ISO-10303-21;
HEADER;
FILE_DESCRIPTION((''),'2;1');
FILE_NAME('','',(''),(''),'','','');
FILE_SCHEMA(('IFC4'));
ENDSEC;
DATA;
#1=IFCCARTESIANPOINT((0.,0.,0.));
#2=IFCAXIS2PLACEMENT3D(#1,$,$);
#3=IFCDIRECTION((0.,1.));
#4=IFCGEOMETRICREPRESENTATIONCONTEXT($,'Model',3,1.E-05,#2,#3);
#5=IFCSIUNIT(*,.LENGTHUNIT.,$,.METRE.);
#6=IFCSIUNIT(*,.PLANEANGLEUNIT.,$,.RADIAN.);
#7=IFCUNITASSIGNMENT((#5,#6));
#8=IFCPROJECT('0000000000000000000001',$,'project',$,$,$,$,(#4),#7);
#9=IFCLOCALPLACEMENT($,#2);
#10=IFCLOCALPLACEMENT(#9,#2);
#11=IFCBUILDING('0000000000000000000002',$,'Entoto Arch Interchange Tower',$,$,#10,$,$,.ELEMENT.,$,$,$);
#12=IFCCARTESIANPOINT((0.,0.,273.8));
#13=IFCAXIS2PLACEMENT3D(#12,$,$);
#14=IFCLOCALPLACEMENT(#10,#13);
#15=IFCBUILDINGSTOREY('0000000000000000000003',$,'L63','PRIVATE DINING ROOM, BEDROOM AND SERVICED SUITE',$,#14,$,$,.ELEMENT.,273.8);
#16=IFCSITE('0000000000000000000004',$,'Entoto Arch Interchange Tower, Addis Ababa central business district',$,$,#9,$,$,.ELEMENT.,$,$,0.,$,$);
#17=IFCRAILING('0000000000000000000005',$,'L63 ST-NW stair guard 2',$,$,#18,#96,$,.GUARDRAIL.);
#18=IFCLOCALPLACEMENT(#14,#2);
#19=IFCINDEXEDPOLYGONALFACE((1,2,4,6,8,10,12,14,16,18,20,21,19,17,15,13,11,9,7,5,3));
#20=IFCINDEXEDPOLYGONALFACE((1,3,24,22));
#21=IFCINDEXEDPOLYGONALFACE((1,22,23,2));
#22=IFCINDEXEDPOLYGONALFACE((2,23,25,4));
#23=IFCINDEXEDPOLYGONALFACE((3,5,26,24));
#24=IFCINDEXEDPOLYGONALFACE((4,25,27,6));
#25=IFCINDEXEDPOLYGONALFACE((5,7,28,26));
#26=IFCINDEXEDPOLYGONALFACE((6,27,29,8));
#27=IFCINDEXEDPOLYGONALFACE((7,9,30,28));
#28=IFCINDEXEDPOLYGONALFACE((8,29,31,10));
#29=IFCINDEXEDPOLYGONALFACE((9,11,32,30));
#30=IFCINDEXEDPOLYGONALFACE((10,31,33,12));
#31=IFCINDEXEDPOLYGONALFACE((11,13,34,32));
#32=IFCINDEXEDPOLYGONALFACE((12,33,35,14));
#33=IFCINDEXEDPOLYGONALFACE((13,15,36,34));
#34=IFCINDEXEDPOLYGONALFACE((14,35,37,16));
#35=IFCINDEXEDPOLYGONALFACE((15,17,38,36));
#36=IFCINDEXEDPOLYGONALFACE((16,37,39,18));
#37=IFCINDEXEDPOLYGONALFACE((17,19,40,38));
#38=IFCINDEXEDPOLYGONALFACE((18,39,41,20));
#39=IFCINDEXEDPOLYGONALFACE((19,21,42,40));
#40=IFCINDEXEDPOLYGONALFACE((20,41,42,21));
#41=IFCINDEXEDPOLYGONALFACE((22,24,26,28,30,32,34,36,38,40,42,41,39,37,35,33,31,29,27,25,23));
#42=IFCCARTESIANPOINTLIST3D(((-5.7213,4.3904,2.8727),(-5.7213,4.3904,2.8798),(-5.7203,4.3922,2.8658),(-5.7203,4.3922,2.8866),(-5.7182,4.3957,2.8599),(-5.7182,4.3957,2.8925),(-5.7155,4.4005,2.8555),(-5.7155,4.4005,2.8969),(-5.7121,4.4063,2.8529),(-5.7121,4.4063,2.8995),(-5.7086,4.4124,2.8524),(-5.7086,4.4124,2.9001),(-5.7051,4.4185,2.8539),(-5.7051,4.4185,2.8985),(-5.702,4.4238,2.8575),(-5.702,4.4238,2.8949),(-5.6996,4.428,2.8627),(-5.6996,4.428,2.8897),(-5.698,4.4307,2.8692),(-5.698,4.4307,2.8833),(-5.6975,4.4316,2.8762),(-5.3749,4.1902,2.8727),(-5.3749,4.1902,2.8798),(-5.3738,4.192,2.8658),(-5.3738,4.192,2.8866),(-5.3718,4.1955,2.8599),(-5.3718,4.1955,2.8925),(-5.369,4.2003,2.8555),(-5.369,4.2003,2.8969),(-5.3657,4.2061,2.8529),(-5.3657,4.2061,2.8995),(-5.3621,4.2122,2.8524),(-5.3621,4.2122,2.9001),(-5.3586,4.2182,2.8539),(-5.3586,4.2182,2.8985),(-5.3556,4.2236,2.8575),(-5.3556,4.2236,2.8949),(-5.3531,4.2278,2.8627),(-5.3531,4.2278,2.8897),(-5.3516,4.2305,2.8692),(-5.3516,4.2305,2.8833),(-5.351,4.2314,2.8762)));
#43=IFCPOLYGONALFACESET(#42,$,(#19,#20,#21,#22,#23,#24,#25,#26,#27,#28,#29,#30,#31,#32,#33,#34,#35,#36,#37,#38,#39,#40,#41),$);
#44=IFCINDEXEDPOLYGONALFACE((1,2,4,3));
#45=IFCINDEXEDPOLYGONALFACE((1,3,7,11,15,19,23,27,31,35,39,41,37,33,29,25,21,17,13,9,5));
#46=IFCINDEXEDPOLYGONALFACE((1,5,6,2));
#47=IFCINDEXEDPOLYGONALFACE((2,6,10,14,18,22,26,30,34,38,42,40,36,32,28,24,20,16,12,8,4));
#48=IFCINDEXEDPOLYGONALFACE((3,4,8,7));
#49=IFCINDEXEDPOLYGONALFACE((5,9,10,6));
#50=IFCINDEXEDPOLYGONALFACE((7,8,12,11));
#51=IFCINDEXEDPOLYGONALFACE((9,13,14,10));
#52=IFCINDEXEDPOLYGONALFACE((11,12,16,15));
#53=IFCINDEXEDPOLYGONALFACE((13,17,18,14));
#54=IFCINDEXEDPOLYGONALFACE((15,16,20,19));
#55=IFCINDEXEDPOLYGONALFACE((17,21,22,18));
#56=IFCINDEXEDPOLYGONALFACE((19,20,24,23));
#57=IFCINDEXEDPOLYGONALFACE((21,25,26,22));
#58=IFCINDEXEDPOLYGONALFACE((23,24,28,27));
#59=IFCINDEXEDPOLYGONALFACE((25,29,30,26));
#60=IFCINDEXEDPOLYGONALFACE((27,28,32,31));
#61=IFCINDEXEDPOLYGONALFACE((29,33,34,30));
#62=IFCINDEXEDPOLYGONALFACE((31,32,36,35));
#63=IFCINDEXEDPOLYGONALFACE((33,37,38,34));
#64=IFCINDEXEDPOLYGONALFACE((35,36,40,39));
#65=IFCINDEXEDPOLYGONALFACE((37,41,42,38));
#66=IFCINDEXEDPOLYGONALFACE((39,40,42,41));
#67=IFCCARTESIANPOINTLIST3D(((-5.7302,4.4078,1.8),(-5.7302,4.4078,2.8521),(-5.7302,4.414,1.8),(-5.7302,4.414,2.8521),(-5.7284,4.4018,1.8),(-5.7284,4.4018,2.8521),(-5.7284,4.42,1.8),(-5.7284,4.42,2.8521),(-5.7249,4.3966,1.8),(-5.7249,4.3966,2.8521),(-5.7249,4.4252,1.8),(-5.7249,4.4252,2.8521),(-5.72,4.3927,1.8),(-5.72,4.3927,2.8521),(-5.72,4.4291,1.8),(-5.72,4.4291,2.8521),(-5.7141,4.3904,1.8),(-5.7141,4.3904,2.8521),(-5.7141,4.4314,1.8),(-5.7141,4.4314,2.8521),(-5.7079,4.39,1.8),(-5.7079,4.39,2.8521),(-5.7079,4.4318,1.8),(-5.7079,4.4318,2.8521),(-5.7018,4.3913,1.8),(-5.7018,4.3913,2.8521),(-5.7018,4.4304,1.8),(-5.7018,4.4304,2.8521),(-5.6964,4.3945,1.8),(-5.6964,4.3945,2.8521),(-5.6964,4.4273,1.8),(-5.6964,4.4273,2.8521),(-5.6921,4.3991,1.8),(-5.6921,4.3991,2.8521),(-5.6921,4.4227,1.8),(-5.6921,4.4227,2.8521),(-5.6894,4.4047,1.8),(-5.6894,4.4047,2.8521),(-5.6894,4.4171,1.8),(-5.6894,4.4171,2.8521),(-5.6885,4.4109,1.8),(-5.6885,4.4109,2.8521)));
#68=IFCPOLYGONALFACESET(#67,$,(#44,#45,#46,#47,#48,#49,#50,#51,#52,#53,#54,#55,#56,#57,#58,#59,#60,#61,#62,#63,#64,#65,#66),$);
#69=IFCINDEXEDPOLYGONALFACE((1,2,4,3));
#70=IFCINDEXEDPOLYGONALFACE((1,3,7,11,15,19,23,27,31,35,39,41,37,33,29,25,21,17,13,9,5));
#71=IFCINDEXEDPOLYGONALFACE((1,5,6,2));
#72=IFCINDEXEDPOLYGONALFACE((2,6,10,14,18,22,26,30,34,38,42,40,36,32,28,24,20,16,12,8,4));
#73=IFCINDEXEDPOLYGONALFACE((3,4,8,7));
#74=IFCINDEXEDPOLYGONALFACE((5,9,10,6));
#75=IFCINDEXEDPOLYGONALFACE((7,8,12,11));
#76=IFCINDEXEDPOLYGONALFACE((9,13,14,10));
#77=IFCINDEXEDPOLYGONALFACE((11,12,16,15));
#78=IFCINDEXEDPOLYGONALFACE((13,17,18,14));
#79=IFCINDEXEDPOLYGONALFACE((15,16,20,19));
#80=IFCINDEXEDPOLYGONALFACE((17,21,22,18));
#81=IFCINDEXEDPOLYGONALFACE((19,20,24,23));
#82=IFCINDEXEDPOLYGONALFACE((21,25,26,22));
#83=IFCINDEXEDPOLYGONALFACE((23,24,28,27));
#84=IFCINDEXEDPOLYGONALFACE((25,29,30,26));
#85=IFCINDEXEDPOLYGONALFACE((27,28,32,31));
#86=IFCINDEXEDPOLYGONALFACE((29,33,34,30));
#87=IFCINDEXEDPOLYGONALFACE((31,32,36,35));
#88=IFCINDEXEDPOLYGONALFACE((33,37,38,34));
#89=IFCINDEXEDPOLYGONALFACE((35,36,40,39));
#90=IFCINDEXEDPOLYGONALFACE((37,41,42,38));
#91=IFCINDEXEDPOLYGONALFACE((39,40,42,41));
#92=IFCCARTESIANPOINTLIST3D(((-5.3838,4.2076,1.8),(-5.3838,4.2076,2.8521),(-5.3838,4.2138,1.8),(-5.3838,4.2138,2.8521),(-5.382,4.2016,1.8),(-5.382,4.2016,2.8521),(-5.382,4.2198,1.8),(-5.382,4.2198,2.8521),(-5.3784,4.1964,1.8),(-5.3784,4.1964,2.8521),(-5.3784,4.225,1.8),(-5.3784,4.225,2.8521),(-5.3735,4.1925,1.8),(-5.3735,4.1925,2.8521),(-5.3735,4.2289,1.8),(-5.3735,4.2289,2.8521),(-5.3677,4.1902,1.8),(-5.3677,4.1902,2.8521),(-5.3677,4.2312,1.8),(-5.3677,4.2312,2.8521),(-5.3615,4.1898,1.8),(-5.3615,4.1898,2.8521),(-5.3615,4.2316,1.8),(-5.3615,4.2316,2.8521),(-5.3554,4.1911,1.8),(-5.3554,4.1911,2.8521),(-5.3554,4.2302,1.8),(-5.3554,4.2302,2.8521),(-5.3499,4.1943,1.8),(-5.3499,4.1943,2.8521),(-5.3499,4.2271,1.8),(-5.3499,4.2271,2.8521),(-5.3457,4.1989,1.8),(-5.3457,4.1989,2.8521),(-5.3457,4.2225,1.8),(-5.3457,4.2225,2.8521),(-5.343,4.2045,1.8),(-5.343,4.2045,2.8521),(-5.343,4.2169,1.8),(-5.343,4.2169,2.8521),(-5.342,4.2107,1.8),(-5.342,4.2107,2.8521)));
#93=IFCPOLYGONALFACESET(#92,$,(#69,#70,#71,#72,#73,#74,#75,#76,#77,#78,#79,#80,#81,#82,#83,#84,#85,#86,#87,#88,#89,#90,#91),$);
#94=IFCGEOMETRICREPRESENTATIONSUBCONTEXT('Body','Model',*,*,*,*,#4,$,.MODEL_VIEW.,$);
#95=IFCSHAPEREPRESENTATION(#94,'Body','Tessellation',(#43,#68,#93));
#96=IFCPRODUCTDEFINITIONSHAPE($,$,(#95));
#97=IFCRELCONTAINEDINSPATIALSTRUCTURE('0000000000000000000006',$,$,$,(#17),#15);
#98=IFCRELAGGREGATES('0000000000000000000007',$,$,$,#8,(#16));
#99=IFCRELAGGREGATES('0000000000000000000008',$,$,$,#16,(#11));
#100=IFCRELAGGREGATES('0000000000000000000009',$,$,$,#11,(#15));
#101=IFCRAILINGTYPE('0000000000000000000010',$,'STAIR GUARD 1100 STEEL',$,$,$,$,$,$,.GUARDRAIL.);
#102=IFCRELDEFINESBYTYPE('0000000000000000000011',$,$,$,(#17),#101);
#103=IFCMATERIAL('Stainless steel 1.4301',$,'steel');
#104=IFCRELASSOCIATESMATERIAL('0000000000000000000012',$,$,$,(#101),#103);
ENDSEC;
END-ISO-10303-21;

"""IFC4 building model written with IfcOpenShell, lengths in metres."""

from ifc_helpers import new_model, si_unit, direction, frame, origin, origin_2d, place, context, subcontext, project, spatial, circle, extrude, material, type_object, element, save


model = new_model("IFC4")

# Units and contexts
model_context = context("Model", 3, precision=1e-05, world=origin(), true_north=direction((0.0, 1.0)))
body_context = subcontext(model_context, "Body", "Model", "MODEL_VIEW")
ifc_project = project(units=[si_unit("LENGTHUNIT", "METRE"), si_unit("PLANEANGLEUNIT", "RADIAN")], contexts=[model_context])

# Site, building, storey
site_placement = place(None, origin())
site = spatial("IfcSite", under=ifc_project, at=site_placement, Name="Entoto Arch Interchange Tower, Addis Ababa central business district", CompositionType="ELEMENT", RefElevation=0.0)
building_placement = place(site_placement, origin())
building = spatial("IfcBuilding", under=site, at=building_placement, Name="Entoto Arch Interchange Tower", CompositionType="ELEMENT")
storey_placement = place(building_placement, frame((0.0, 0.0, 273.8)))
storey = spatial("IfcBuildingStorey", under=building, at=storey_placement, Name="L63", Description="PRIVATE DINING ROOM, BEDROOM AND SERVICED SUITE", CompositionType="ELEMENT", Elevation=273.8)

# Railing
ifc_material_1 = material(Name="Stainless steel 1.4301", Category="steel")
railing_type_1 = type_object("IfcRailingType", Name="STAIR GUARD 1100 STEEL", PredefinedType="GUARDRAIL", material=ifc_material_1)
railing_1_placement = place(storey_placement, frame((-5.7095, 4.4109, 1.8)))
element("IfcRailing", 1, at=railing_1_placement, inside=storey, type_object=railing_type_1, Name="L63 ST-NW stair guard 2", PredefinedType="GUARDRAIL", context=body_context, shape_type="SweptSolid", body=[
    extrude(circle(Radius=0.0239, at=origin_2d()), frame((0.0, 0.0, 1.0762), z_axis=(0.86583, -0.500339, 0.0), x_axis=(0.500339, 0.86583, 0.0)), (0.0, 0.0, 1.0), 0.4001),
    extrude(circle(Radius=0.021, at=origin_2d()), origin(), (0.0, 0.0, 1.0), 1.052),
    extrude(circle(Radius=0.021, at=origin_2d()), frame((0.3464, -0.2002, 0.0)), (0.0, 0.0, 1.0), 1.052),
])

save(model, "model.ifc")
